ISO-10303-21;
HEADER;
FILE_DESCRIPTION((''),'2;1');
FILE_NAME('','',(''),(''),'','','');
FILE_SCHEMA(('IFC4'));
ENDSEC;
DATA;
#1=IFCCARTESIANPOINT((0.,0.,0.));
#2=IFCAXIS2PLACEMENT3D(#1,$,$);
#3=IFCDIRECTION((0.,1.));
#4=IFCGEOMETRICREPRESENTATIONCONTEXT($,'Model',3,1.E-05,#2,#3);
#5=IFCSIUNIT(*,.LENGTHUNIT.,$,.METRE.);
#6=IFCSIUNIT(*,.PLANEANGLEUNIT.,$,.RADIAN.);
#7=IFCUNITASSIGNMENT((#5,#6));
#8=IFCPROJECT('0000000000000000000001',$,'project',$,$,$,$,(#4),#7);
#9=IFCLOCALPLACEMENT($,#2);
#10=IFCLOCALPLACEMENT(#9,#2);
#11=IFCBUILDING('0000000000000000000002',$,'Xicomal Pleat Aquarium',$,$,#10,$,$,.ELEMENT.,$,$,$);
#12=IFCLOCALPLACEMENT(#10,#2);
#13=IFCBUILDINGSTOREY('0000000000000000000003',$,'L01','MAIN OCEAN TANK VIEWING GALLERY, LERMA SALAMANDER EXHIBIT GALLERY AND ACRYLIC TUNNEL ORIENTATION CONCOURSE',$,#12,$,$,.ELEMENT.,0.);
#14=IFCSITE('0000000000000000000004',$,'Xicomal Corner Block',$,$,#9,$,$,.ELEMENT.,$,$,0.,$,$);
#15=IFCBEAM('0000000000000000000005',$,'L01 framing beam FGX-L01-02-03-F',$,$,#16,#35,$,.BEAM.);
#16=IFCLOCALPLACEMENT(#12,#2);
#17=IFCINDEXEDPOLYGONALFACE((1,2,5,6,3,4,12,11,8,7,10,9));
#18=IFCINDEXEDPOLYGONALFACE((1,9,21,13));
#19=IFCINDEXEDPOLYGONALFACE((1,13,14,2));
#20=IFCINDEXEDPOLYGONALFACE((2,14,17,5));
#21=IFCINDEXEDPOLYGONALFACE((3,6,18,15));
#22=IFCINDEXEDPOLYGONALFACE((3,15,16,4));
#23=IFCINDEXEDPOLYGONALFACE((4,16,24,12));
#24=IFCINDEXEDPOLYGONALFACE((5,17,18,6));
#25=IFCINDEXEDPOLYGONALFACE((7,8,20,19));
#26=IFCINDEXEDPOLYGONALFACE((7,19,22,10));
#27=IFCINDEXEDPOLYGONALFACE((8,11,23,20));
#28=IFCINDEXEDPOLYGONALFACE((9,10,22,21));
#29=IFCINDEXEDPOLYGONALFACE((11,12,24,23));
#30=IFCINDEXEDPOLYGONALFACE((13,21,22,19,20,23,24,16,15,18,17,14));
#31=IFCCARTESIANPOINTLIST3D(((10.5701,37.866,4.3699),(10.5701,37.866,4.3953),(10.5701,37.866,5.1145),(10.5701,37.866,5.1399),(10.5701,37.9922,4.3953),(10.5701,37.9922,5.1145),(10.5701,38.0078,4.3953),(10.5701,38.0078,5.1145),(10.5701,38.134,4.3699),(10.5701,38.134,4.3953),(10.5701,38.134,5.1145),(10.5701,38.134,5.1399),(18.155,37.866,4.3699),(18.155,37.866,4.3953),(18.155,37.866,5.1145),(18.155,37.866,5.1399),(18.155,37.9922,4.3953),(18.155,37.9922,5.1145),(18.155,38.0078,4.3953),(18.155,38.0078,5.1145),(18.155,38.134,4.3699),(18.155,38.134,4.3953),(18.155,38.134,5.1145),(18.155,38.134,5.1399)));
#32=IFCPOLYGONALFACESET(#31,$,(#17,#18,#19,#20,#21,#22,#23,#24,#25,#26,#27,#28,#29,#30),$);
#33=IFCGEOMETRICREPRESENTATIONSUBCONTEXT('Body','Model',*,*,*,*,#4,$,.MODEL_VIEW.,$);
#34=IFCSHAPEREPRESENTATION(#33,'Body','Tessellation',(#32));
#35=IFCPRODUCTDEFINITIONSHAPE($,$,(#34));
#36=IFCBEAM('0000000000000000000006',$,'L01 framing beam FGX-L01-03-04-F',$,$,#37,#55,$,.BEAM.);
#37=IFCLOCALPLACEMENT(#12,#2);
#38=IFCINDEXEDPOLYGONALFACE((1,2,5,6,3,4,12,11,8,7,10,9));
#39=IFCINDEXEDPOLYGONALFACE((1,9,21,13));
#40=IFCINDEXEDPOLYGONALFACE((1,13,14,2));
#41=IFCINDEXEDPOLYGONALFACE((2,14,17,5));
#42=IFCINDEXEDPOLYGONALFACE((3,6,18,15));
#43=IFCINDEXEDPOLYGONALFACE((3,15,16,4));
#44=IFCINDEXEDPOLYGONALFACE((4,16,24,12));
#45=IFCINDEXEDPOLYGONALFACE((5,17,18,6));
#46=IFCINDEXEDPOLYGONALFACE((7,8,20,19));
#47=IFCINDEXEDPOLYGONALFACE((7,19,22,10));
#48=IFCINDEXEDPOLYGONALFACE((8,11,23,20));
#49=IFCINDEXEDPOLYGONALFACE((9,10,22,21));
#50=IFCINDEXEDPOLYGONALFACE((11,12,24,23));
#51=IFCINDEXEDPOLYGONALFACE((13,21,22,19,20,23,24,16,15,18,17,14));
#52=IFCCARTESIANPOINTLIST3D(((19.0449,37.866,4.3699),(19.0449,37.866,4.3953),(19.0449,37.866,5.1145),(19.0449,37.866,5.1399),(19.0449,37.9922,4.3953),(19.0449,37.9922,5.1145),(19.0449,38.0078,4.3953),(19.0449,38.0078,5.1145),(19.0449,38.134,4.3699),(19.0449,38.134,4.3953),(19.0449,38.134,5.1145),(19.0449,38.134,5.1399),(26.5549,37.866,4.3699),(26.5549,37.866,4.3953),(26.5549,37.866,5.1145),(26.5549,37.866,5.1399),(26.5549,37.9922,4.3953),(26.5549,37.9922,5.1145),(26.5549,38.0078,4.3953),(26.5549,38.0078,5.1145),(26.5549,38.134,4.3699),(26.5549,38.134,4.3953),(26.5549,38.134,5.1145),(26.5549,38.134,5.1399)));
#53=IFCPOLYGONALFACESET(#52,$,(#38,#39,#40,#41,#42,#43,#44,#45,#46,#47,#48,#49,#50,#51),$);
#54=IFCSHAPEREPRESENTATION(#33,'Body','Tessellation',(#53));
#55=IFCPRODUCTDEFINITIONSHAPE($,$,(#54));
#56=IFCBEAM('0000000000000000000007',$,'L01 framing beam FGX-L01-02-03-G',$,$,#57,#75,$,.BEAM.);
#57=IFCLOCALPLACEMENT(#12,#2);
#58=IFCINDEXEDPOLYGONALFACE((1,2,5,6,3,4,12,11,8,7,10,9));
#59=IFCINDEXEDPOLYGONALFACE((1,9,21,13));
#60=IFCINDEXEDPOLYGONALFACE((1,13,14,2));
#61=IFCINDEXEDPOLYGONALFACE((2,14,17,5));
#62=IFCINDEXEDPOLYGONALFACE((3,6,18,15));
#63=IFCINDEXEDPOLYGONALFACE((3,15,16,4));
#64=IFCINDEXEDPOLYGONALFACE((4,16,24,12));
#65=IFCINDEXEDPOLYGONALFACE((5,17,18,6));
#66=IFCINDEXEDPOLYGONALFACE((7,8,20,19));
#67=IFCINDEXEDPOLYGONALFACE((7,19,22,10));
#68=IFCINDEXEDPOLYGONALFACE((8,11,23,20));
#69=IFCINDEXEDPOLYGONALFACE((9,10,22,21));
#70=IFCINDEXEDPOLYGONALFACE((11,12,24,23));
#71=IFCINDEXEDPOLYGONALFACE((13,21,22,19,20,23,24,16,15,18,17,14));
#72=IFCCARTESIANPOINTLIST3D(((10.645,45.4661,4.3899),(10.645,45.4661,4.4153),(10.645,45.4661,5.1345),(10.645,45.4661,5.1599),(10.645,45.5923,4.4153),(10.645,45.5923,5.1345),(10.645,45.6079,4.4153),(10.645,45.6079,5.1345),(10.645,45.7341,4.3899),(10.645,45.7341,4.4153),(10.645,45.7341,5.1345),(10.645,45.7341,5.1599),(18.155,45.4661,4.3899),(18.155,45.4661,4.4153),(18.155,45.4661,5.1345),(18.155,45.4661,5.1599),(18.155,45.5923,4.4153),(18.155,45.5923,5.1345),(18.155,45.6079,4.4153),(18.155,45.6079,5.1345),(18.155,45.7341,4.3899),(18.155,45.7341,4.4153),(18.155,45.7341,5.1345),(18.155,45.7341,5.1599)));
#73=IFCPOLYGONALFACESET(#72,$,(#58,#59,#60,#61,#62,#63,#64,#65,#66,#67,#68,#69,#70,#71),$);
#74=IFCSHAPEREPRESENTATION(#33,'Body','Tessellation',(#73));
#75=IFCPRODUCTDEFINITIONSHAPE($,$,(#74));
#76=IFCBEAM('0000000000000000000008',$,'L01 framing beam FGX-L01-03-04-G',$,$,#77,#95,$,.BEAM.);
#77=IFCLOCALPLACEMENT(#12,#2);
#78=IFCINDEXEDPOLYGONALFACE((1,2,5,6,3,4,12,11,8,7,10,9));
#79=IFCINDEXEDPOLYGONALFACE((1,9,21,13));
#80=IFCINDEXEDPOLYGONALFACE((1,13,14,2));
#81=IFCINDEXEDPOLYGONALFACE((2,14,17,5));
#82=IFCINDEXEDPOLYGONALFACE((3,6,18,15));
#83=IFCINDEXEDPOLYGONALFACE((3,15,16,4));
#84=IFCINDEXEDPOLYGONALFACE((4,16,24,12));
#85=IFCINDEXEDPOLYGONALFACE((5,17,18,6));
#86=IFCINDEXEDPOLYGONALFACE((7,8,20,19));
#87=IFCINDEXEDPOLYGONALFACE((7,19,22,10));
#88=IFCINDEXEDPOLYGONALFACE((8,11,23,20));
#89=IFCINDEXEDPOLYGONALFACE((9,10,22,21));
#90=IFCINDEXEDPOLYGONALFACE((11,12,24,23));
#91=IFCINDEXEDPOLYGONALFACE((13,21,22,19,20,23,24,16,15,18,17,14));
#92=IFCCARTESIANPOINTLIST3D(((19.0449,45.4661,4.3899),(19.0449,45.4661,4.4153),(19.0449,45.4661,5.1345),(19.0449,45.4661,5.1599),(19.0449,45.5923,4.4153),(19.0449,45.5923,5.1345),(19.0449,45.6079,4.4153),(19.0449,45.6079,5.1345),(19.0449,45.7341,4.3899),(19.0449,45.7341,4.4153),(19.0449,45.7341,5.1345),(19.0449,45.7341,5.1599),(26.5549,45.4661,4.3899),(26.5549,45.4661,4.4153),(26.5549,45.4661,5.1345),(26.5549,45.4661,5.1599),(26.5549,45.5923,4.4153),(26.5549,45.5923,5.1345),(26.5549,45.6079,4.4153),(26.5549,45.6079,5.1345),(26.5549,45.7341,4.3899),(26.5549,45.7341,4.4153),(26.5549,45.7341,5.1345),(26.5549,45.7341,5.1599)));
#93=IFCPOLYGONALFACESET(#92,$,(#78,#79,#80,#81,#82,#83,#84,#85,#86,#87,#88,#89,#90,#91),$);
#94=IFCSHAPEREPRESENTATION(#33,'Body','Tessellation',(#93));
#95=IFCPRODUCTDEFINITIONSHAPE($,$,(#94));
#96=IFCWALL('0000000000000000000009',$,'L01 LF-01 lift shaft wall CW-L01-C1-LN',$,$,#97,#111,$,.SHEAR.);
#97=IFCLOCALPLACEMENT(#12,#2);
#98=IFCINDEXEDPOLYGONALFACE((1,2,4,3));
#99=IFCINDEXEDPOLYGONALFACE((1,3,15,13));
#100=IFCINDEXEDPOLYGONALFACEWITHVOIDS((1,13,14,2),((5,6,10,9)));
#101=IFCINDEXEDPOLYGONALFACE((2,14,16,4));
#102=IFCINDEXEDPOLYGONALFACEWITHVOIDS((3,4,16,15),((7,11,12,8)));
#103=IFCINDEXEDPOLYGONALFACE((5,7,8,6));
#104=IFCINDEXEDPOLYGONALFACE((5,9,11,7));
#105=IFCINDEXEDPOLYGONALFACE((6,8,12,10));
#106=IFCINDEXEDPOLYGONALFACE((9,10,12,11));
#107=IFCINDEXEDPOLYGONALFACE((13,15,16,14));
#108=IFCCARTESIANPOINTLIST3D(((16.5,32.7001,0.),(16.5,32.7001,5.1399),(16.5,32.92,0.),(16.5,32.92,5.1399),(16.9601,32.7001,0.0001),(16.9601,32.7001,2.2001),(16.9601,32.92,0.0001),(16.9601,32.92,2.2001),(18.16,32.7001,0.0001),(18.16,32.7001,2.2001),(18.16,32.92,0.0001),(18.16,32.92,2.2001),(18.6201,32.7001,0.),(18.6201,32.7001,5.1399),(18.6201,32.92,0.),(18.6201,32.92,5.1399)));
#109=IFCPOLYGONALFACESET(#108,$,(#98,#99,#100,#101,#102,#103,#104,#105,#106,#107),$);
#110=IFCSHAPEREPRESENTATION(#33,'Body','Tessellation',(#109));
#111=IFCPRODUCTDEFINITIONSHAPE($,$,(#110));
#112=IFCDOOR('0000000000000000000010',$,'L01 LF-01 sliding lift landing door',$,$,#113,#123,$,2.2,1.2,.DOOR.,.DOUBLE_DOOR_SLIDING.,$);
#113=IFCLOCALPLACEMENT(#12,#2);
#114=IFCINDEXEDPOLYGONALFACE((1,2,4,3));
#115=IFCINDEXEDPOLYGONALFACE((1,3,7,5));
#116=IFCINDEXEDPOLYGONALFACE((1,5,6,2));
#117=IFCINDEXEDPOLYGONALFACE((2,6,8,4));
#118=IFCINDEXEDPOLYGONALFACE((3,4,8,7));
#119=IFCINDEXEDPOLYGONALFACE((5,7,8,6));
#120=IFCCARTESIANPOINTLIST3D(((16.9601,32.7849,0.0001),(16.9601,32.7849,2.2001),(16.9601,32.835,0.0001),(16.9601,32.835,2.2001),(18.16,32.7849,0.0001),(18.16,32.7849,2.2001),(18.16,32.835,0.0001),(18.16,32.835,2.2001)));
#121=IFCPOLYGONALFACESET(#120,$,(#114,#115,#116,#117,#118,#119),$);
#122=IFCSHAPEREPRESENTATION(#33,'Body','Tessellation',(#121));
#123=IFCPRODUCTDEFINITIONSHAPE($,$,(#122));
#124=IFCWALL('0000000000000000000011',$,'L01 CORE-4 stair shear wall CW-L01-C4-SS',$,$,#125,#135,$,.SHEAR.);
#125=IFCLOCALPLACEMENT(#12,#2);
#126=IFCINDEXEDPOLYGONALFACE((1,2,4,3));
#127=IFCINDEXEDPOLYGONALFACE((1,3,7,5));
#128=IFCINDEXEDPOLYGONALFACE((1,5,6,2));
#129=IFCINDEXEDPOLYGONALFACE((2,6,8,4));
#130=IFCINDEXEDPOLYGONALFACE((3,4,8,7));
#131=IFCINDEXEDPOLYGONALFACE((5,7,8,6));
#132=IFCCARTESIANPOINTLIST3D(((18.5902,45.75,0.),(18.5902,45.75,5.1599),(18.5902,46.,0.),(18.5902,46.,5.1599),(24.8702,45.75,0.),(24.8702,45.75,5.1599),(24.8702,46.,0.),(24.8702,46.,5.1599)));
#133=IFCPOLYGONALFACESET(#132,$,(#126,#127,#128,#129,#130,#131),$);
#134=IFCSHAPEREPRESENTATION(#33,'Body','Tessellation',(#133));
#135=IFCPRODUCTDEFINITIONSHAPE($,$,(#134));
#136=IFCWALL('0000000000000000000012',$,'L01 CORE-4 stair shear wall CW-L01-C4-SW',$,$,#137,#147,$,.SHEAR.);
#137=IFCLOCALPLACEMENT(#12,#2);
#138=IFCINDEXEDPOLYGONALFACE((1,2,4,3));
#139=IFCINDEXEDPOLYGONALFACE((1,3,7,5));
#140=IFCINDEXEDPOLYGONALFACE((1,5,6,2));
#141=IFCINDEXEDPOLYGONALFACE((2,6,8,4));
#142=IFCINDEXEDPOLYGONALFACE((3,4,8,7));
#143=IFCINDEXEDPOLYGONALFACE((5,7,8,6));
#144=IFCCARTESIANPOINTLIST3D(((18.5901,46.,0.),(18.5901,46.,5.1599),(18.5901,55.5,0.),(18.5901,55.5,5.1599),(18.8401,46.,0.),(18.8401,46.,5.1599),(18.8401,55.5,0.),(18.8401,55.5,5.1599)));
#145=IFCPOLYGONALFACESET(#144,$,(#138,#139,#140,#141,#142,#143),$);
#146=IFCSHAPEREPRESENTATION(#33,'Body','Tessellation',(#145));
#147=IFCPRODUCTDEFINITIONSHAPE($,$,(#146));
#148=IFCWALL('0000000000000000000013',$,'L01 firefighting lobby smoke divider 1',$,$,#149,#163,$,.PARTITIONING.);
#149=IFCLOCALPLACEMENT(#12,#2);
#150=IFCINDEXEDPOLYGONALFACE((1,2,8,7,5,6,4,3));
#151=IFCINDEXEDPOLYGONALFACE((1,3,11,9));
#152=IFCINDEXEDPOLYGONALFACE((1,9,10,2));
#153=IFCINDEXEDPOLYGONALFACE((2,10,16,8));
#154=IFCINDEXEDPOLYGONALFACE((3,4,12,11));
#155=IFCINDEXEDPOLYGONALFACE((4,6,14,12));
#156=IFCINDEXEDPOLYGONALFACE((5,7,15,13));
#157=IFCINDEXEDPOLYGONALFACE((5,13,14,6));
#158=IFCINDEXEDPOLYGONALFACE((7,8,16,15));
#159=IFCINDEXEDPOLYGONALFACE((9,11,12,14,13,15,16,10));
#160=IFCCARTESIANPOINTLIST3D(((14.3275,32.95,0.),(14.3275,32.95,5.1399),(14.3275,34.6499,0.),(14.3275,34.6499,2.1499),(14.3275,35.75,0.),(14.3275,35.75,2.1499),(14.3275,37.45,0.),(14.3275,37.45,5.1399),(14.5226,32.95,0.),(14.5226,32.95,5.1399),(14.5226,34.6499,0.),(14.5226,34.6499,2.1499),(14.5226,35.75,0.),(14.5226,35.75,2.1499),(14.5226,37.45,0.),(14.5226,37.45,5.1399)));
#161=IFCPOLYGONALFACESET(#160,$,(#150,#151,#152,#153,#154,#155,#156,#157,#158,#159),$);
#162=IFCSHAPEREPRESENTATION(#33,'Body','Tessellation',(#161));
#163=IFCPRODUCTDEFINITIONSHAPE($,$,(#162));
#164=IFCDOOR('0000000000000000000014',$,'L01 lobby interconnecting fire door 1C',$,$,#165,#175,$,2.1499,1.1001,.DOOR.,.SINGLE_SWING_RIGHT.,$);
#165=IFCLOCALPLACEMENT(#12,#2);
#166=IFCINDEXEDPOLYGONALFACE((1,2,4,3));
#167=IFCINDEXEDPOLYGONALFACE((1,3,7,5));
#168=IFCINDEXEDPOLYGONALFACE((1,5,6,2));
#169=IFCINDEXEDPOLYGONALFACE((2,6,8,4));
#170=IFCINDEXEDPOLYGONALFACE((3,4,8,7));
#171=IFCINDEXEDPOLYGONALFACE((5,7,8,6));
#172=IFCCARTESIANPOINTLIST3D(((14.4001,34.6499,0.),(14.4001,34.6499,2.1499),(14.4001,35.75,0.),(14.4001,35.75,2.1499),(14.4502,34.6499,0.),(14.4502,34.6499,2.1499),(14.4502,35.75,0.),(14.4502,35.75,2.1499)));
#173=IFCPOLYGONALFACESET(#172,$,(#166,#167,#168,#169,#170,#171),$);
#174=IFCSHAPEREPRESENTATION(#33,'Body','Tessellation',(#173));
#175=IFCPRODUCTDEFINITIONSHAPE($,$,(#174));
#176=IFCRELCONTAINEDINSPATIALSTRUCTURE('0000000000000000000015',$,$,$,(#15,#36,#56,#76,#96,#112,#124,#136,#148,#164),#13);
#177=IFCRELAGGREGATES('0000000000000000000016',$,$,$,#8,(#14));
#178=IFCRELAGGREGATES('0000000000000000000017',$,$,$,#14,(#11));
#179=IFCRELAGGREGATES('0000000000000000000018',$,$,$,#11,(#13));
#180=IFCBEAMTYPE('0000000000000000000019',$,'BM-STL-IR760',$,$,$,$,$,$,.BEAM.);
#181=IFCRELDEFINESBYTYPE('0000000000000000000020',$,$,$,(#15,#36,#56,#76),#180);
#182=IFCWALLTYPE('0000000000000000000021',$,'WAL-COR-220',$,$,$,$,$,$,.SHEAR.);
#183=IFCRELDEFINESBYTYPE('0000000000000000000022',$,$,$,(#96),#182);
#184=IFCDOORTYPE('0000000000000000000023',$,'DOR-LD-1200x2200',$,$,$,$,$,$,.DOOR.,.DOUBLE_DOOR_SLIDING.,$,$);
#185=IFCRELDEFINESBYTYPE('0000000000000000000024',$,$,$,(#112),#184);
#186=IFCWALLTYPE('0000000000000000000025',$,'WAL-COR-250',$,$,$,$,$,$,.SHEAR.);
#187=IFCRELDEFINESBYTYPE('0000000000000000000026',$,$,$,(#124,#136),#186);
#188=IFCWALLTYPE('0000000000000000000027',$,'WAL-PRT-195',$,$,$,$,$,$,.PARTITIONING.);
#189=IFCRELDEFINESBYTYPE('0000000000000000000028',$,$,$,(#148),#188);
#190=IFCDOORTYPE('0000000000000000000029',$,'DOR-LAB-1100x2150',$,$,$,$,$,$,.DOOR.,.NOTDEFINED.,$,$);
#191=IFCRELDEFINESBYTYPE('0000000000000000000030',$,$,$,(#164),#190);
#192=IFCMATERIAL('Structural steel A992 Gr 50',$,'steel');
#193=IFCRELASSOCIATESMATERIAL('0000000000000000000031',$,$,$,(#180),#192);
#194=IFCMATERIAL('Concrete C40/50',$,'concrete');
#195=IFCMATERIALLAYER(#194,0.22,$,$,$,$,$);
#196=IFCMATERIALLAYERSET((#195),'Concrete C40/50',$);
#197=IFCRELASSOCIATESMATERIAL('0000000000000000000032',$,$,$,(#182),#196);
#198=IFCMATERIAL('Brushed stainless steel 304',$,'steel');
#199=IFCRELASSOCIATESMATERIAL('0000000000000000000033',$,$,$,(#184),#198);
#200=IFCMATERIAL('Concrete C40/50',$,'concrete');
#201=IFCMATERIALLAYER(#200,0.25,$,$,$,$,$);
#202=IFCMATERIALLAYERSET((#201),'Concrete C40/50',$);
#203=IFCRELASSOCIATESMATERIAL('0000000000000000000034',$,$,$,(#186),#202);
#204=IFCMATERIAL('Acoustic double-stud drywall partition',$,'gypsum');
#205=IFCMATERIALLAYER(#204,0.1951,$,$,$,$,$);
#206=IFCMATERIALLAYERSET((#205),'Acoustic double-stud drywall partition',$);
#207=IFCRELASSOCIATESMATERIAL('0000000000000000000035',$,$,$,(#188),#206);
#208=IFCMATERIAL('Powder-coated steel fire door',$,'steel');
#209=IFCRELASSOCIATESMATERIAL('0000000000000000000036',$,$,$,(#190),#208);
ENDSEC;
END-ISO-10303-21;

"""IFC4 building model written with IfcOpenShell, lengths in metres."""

from ifc_helpers import new_model, si_unit, direction, frame, frame_2d, origin, origin_2d, place, context, subcontext, project, spatial, rectangle, i_section, extrude, material, layer, layer_set, material_profile, profile_set, type_object, element, fill, save


model = new_model("IFC4")

# Units and contexts
model_context = context("Model", 3, precision=1e-05, world=origin(), true_north=direction((0.0, 1.0)))
body_context = subcontext(model_context, "Body", "Model", "MODEL_VIEW")
ifc_project = project(units=[si_unit("LENGTHUNIT", "METRE"), si_unit("PLANEANGLEUNIT", "RADIAN")], contexts=[model_context])

# Site, building, storey
site_placement = place(None, origin())
site = spatial("IfcSite", under=ifc_project, at=site_placement, Name="Xicomal Corner Block", CompositionType="ELEMENT", RefElevation=0.0)
building_placement = place(site_placement, origin())
building = spatial("IfcBuilding", under=site, at=building_placement, Name="Xicomal Pleat Aquarium", CompositionType="ELEMENT")
storey_placement = place(building_placement, origin())
storey = spatial("IfcBuildingStorey", under=building, at=storey_placement, Name="L01", Description="MAIN OCEAN TANK VIEWING GALLERY, LERMA SALAMANDER EXHIBIT GALLERY AND ACRYLIC TUNNEL ORIENTATION CONCOURSE", CompositionType="ELEMENT", Elevation=0.0)

# Beams
ifc_material_1 = material(Name="Structural steel A992 Gr 50", Category="steel")
ifc_material_profile_1 = material_profile(ifc_material_1, i_section(OverallWidth=0.2681, OverallDepth=0.77, WebThickness=0.0156, FlangeThickness=0.0254, at=origin_2d()), Name="IR 760x196")
ifc_profile_set_1 = profile_set([ifc_material_profile_1], Name="Structural steel A992 Gr 50")
beam_type_1 = type_object("IfcBeamType", Name="BM-STL-IR760", PredefinedType="BEAM", material=ifc_profile_set_1)
beam_1_placement = place(storey_placement, frame((10.5701, 38.0, 4.7549), z_axis=(1.0, 0.0, 0.0), x_axis=(0.0, 1.0, 0.0)))
element("IfcBeam", 1, at=beam_1_placement, inside=storey, type_object=beam_type_1, Name="L01 framing beam FGX-L01-02-03-F", PredefinedType="BEAM", context=body_context, shape_type="SweptSolid", body=[
    extrude(i_section(OverallWidth=0.2681, OverallDepth=0.77, WebThickness=0.0156, FlangeThickness=0.0254, at=origin_2d()), origin(), (0.0, 0.0, 1.0), 7.585),
])
for number, where, z_axis, x_axis, name in (
    (2, (19.0449, 38.0, 4.7549), (1.0, 0.0, 0.0), (0.0, 1.0, 0.0), "L01 framing beam FGX-L01-03-04-F"),
    (3, (10.645, 45.6001, 4.7749), (1.0, 0.0, 0.0), (0.0, 1.0, 0.0), "L01 framing beam FGX-L01-02-03-G"),
    (4, (19.0449, 45.6001, 4.7749), (1.0, 0.0, 0.0), (0.0, 1.0, 0.0), "L01 framing beam FGX-L01-03-04-G"),
):
    element("IfcBeam", number, at=place(storey_placement, frame(where, z_axis=z_axis, x_axis=x_axis)), inside=storey, type_object=beam_type_1, Name=name, PredefinedType="BEAM", context=body_context, shape_type="SweptSolid", body=[
        extrude(i_section(OverallWidth=0.2681, OverallDepth=0.77, WebThickness=0.0156, FlangeThickness=0.0254, at=origin_2d()), origin(), (0.0, 0.0, 1.0), 7.51),
    ])

# Wall, opening, door
ifc_material_2 = material(Name="Concrete C40/50", Category="concrete")
ifc_layer_1 = layer(ifc_material_2, 0.22)
ifc_layer_set_1 = layer_set([ifc_layer_1], Name="Concrete C40/50")
wall_type_1 = type_object("IfcWallType", Name="WAL-COR-220", PredefinedType="SHEAR", material=ifc_layer_set_1)
wall_1_placement = place(storey_placement, frame((16.5, 32.8101, 0.0), z_axis=(0.0, 0.0, 1.0), x_axis=(1.0, 0.0, 0.0)))
wall_1 = element("IfcWall", 5, at=wall_1_placement, inside=storey, type_object=wall_type_1, Name="L01 LF-01 lift shaft wall CW-L01-C1-LN", PredefinedType="SHEAR", context=body_context, shape_type="SweptSolid", body=[
    extrude(rectangle(XDim=2.1201, YDim=0.22, at=frame_2d((1.0601, 0.0))), origin(), (0.0, 0.0, 1.0), 5.1399),
])
opening_1_placement = place(wall_1_placement, frame((0.46, 0.0, 0.0)))
opening_1 = element("IfcOpeningElement", 6, at=opening_1_placement, cuts=wall_1, PredefinedType="OPENING", context=body_context, shape_type="SweptSolid", body=[
    extrude(rectangle(XDim=1.2, YDim=2.2, at=frame_2d((0.6001, 1.1001))), frame((0.0, 0.1199, 0.0), z_axis=(0.0, -1.0, 0.0), x_axis=(1.0, 0.0, 0.0)), (0.0, 0.0, 1.0), 0.24),
])
ifc_material_3 = material(Name="Brushed stainless steel 304", Category="steel")
door_type_1 = type_object("IfcDoorType", Name="DOR-LD-1200x2200", OperationType="DOUBLE_DOOR_SLIDING", PredefinedType="DOOR", material=ifc_material_3)
door_1_placement = place(opening_1_placement, origin())
door_1 = element("IfcDoor", 7, at=door_1_placement, inside=storey, type_object=door_type_1, Name="L01 LF-01 sliding lift landing door", OperationType="DOUBLE_DOOR_SLIDING", OverallHeight=2.2, OverallWidth=1.2, PredefinedType="DOOR", context=body_context, shape_type="SweptSolid", body=[
    extrude(rectangle(XDim=1.2, YDim=2.2, at=frame_2d((0.6001, 1.1001))), frame((0.0, 0.0249, 0.0), z_axis=(0.0, -1.0, 0.0), x_axis=(1.0, 0.0, 0.0)), (0.0, 0.0, 1.0), 0.05),
])
fill(opening_1, door_1)

# Walls
ifc_material_4 = material(Name="Concrete C40/50", Category="concrete")
ifc_layer_2 = layer(ifc_material_4, 0.25)
ifc_layer_set_2 = layer_set([ifc_layer_2], Name="Concrete C40/50")
wall_type_2 = type_object("IfcWallType", Name="WAL-COR-250", PredefinedType="SHEAR", material=ifc_layer_set_2)
wall_2_placement = place(storey_placement, frame((18.5901, 45.875, 0.0), z_axis=(0.0, 0.0, 1.0), x_axis=(1.0, 0.0, 0.0)))
element("IfcWall", 8, at=wall_2_placement, inside=storey, type_object=wall_type_2, Name="L01 CORE-4 stair shear wall CW-L01-C4-SS", PredefinedType="SHEAR", context=body_context, shape_type="SweptSolid", body=[
    extrude(rectangle(XDim=6.28, YDim=0.25, at=frame_2d((3.1401, 0.0))), origin(), (0.0, 0.0, 1.0), 5.1599),
])
wall_3_placement = place(storey_placement, frame((18.7151, 46.0, 0.0), z_axis=(0.0, 0.0, 1.0), x_axis=(0.0, 1.0, 0.0)))
element("IfcWall", 9, at=wall_3_placement, inside=storey, type_object=wall_type_2, Name="L01 CORE-4 stair shear wall CW-L01-C4-SW", PredefinedType="SHEAR", context=body_context, shape_type="SweptSolid", body=[
    extrude(rectangle(XDim=9.5, YDim=0.25, at=frame_2d((4.75, 0.0))), origin(), (0.0, 0.0, 1.0), 5.1599),
])

# Wall, opening, door
ifc_material_5 = material(Name="Acoustic double-stud drywall partition", Category="gypsum")
ifc_layer_3 = layer(ifc_material_5, 0.1951)
ifc_layer_set_3 = layer_set([ifc_layer_3], Name="Acoustic double-stud drywall partition")
wall_type_3 = type_object("IfcWallType", Name="WAL-PRT-195", PredefinedType="PARTITIONING", material=ifc_layer_set_3)
wall_4_placement = place(storey_placement, frame((14.425, 32.95, 0.0), z_axis=(0.0, 0.0, 1.0), x_axis=(0.0, 1.0, 0.0)))
wall_4 = element("IfcWall", 10, at=wall_4_placement, inside=storey, type_object=wall_type_3, Name="L01 firefighting lobby smoke divider 1", PredefinedType="PARTITIONING", context=body_context, shape_type="SweptSolid", body=[
    extrude(rectangle(XDim=4.5, YDim=0.1951, at=frame_2d((2.25, 0.0))), origin(), (0.0, 0.0, 1.0), 5.1399),
])
opening_2_placement = place(wall_4_placement, frame((1.7, 0.0, 0.0)))
opening_2 = element("IfcOpeningElement", 11, at=opening_2_placement, cuts=wall_4, PredefinedType="OPENING", context=body_context, shape_type="SweptSolid", body=[
    extrude(rectangle(XDim=1.1001, YDim=2.1499, at=frame_2d((0.55, 1.075))), frame((0.0, 0.1074, 0.0), z_axis=(0.0, -1.0, 0.0), x_axis=(1.0, 0.0, 0.0)), (0.0, 0.0, 1.0), 0.2151),
])
ifc_material_6 = material(Name="Powder-coated steel fire door", Category="steel")
door_type_2 = type_object("IfcDoorType", Name="DOR-LAB-1100x2150", OperationType="NOTDEFINED", PredefinedType="DOOR", material=ifc_material_6)
door_2_placement = place(opening_2_placement, origin())
door_2 = element("IfcDoor", 12, at=door_2_placement, inside=storey, type_object=door_type_2, Name="L01 lobby interconnecting fire door 1C", OperationType="SINGLE_SWING_RIGHT", OverallHeight=2.1499, OverallWidth=1.1001, PredefinedType="DOOR", context=body_context, shape_type="SweptSolid", body=[
    extrude(rectangle(XDim=1.1001, YDim=2.1499, at=frame_2d((0.55, 1.075))), frame((0.0, 0.0249, 0.0), z_axis=(0.0, -1.0, 0.0), x_axis=(1.0, 0.0, 0.0)), (0.0, 0.0, 1.0), 0.05),
])
fill(opening_2, door_2)

save(model, "model.ifc")
